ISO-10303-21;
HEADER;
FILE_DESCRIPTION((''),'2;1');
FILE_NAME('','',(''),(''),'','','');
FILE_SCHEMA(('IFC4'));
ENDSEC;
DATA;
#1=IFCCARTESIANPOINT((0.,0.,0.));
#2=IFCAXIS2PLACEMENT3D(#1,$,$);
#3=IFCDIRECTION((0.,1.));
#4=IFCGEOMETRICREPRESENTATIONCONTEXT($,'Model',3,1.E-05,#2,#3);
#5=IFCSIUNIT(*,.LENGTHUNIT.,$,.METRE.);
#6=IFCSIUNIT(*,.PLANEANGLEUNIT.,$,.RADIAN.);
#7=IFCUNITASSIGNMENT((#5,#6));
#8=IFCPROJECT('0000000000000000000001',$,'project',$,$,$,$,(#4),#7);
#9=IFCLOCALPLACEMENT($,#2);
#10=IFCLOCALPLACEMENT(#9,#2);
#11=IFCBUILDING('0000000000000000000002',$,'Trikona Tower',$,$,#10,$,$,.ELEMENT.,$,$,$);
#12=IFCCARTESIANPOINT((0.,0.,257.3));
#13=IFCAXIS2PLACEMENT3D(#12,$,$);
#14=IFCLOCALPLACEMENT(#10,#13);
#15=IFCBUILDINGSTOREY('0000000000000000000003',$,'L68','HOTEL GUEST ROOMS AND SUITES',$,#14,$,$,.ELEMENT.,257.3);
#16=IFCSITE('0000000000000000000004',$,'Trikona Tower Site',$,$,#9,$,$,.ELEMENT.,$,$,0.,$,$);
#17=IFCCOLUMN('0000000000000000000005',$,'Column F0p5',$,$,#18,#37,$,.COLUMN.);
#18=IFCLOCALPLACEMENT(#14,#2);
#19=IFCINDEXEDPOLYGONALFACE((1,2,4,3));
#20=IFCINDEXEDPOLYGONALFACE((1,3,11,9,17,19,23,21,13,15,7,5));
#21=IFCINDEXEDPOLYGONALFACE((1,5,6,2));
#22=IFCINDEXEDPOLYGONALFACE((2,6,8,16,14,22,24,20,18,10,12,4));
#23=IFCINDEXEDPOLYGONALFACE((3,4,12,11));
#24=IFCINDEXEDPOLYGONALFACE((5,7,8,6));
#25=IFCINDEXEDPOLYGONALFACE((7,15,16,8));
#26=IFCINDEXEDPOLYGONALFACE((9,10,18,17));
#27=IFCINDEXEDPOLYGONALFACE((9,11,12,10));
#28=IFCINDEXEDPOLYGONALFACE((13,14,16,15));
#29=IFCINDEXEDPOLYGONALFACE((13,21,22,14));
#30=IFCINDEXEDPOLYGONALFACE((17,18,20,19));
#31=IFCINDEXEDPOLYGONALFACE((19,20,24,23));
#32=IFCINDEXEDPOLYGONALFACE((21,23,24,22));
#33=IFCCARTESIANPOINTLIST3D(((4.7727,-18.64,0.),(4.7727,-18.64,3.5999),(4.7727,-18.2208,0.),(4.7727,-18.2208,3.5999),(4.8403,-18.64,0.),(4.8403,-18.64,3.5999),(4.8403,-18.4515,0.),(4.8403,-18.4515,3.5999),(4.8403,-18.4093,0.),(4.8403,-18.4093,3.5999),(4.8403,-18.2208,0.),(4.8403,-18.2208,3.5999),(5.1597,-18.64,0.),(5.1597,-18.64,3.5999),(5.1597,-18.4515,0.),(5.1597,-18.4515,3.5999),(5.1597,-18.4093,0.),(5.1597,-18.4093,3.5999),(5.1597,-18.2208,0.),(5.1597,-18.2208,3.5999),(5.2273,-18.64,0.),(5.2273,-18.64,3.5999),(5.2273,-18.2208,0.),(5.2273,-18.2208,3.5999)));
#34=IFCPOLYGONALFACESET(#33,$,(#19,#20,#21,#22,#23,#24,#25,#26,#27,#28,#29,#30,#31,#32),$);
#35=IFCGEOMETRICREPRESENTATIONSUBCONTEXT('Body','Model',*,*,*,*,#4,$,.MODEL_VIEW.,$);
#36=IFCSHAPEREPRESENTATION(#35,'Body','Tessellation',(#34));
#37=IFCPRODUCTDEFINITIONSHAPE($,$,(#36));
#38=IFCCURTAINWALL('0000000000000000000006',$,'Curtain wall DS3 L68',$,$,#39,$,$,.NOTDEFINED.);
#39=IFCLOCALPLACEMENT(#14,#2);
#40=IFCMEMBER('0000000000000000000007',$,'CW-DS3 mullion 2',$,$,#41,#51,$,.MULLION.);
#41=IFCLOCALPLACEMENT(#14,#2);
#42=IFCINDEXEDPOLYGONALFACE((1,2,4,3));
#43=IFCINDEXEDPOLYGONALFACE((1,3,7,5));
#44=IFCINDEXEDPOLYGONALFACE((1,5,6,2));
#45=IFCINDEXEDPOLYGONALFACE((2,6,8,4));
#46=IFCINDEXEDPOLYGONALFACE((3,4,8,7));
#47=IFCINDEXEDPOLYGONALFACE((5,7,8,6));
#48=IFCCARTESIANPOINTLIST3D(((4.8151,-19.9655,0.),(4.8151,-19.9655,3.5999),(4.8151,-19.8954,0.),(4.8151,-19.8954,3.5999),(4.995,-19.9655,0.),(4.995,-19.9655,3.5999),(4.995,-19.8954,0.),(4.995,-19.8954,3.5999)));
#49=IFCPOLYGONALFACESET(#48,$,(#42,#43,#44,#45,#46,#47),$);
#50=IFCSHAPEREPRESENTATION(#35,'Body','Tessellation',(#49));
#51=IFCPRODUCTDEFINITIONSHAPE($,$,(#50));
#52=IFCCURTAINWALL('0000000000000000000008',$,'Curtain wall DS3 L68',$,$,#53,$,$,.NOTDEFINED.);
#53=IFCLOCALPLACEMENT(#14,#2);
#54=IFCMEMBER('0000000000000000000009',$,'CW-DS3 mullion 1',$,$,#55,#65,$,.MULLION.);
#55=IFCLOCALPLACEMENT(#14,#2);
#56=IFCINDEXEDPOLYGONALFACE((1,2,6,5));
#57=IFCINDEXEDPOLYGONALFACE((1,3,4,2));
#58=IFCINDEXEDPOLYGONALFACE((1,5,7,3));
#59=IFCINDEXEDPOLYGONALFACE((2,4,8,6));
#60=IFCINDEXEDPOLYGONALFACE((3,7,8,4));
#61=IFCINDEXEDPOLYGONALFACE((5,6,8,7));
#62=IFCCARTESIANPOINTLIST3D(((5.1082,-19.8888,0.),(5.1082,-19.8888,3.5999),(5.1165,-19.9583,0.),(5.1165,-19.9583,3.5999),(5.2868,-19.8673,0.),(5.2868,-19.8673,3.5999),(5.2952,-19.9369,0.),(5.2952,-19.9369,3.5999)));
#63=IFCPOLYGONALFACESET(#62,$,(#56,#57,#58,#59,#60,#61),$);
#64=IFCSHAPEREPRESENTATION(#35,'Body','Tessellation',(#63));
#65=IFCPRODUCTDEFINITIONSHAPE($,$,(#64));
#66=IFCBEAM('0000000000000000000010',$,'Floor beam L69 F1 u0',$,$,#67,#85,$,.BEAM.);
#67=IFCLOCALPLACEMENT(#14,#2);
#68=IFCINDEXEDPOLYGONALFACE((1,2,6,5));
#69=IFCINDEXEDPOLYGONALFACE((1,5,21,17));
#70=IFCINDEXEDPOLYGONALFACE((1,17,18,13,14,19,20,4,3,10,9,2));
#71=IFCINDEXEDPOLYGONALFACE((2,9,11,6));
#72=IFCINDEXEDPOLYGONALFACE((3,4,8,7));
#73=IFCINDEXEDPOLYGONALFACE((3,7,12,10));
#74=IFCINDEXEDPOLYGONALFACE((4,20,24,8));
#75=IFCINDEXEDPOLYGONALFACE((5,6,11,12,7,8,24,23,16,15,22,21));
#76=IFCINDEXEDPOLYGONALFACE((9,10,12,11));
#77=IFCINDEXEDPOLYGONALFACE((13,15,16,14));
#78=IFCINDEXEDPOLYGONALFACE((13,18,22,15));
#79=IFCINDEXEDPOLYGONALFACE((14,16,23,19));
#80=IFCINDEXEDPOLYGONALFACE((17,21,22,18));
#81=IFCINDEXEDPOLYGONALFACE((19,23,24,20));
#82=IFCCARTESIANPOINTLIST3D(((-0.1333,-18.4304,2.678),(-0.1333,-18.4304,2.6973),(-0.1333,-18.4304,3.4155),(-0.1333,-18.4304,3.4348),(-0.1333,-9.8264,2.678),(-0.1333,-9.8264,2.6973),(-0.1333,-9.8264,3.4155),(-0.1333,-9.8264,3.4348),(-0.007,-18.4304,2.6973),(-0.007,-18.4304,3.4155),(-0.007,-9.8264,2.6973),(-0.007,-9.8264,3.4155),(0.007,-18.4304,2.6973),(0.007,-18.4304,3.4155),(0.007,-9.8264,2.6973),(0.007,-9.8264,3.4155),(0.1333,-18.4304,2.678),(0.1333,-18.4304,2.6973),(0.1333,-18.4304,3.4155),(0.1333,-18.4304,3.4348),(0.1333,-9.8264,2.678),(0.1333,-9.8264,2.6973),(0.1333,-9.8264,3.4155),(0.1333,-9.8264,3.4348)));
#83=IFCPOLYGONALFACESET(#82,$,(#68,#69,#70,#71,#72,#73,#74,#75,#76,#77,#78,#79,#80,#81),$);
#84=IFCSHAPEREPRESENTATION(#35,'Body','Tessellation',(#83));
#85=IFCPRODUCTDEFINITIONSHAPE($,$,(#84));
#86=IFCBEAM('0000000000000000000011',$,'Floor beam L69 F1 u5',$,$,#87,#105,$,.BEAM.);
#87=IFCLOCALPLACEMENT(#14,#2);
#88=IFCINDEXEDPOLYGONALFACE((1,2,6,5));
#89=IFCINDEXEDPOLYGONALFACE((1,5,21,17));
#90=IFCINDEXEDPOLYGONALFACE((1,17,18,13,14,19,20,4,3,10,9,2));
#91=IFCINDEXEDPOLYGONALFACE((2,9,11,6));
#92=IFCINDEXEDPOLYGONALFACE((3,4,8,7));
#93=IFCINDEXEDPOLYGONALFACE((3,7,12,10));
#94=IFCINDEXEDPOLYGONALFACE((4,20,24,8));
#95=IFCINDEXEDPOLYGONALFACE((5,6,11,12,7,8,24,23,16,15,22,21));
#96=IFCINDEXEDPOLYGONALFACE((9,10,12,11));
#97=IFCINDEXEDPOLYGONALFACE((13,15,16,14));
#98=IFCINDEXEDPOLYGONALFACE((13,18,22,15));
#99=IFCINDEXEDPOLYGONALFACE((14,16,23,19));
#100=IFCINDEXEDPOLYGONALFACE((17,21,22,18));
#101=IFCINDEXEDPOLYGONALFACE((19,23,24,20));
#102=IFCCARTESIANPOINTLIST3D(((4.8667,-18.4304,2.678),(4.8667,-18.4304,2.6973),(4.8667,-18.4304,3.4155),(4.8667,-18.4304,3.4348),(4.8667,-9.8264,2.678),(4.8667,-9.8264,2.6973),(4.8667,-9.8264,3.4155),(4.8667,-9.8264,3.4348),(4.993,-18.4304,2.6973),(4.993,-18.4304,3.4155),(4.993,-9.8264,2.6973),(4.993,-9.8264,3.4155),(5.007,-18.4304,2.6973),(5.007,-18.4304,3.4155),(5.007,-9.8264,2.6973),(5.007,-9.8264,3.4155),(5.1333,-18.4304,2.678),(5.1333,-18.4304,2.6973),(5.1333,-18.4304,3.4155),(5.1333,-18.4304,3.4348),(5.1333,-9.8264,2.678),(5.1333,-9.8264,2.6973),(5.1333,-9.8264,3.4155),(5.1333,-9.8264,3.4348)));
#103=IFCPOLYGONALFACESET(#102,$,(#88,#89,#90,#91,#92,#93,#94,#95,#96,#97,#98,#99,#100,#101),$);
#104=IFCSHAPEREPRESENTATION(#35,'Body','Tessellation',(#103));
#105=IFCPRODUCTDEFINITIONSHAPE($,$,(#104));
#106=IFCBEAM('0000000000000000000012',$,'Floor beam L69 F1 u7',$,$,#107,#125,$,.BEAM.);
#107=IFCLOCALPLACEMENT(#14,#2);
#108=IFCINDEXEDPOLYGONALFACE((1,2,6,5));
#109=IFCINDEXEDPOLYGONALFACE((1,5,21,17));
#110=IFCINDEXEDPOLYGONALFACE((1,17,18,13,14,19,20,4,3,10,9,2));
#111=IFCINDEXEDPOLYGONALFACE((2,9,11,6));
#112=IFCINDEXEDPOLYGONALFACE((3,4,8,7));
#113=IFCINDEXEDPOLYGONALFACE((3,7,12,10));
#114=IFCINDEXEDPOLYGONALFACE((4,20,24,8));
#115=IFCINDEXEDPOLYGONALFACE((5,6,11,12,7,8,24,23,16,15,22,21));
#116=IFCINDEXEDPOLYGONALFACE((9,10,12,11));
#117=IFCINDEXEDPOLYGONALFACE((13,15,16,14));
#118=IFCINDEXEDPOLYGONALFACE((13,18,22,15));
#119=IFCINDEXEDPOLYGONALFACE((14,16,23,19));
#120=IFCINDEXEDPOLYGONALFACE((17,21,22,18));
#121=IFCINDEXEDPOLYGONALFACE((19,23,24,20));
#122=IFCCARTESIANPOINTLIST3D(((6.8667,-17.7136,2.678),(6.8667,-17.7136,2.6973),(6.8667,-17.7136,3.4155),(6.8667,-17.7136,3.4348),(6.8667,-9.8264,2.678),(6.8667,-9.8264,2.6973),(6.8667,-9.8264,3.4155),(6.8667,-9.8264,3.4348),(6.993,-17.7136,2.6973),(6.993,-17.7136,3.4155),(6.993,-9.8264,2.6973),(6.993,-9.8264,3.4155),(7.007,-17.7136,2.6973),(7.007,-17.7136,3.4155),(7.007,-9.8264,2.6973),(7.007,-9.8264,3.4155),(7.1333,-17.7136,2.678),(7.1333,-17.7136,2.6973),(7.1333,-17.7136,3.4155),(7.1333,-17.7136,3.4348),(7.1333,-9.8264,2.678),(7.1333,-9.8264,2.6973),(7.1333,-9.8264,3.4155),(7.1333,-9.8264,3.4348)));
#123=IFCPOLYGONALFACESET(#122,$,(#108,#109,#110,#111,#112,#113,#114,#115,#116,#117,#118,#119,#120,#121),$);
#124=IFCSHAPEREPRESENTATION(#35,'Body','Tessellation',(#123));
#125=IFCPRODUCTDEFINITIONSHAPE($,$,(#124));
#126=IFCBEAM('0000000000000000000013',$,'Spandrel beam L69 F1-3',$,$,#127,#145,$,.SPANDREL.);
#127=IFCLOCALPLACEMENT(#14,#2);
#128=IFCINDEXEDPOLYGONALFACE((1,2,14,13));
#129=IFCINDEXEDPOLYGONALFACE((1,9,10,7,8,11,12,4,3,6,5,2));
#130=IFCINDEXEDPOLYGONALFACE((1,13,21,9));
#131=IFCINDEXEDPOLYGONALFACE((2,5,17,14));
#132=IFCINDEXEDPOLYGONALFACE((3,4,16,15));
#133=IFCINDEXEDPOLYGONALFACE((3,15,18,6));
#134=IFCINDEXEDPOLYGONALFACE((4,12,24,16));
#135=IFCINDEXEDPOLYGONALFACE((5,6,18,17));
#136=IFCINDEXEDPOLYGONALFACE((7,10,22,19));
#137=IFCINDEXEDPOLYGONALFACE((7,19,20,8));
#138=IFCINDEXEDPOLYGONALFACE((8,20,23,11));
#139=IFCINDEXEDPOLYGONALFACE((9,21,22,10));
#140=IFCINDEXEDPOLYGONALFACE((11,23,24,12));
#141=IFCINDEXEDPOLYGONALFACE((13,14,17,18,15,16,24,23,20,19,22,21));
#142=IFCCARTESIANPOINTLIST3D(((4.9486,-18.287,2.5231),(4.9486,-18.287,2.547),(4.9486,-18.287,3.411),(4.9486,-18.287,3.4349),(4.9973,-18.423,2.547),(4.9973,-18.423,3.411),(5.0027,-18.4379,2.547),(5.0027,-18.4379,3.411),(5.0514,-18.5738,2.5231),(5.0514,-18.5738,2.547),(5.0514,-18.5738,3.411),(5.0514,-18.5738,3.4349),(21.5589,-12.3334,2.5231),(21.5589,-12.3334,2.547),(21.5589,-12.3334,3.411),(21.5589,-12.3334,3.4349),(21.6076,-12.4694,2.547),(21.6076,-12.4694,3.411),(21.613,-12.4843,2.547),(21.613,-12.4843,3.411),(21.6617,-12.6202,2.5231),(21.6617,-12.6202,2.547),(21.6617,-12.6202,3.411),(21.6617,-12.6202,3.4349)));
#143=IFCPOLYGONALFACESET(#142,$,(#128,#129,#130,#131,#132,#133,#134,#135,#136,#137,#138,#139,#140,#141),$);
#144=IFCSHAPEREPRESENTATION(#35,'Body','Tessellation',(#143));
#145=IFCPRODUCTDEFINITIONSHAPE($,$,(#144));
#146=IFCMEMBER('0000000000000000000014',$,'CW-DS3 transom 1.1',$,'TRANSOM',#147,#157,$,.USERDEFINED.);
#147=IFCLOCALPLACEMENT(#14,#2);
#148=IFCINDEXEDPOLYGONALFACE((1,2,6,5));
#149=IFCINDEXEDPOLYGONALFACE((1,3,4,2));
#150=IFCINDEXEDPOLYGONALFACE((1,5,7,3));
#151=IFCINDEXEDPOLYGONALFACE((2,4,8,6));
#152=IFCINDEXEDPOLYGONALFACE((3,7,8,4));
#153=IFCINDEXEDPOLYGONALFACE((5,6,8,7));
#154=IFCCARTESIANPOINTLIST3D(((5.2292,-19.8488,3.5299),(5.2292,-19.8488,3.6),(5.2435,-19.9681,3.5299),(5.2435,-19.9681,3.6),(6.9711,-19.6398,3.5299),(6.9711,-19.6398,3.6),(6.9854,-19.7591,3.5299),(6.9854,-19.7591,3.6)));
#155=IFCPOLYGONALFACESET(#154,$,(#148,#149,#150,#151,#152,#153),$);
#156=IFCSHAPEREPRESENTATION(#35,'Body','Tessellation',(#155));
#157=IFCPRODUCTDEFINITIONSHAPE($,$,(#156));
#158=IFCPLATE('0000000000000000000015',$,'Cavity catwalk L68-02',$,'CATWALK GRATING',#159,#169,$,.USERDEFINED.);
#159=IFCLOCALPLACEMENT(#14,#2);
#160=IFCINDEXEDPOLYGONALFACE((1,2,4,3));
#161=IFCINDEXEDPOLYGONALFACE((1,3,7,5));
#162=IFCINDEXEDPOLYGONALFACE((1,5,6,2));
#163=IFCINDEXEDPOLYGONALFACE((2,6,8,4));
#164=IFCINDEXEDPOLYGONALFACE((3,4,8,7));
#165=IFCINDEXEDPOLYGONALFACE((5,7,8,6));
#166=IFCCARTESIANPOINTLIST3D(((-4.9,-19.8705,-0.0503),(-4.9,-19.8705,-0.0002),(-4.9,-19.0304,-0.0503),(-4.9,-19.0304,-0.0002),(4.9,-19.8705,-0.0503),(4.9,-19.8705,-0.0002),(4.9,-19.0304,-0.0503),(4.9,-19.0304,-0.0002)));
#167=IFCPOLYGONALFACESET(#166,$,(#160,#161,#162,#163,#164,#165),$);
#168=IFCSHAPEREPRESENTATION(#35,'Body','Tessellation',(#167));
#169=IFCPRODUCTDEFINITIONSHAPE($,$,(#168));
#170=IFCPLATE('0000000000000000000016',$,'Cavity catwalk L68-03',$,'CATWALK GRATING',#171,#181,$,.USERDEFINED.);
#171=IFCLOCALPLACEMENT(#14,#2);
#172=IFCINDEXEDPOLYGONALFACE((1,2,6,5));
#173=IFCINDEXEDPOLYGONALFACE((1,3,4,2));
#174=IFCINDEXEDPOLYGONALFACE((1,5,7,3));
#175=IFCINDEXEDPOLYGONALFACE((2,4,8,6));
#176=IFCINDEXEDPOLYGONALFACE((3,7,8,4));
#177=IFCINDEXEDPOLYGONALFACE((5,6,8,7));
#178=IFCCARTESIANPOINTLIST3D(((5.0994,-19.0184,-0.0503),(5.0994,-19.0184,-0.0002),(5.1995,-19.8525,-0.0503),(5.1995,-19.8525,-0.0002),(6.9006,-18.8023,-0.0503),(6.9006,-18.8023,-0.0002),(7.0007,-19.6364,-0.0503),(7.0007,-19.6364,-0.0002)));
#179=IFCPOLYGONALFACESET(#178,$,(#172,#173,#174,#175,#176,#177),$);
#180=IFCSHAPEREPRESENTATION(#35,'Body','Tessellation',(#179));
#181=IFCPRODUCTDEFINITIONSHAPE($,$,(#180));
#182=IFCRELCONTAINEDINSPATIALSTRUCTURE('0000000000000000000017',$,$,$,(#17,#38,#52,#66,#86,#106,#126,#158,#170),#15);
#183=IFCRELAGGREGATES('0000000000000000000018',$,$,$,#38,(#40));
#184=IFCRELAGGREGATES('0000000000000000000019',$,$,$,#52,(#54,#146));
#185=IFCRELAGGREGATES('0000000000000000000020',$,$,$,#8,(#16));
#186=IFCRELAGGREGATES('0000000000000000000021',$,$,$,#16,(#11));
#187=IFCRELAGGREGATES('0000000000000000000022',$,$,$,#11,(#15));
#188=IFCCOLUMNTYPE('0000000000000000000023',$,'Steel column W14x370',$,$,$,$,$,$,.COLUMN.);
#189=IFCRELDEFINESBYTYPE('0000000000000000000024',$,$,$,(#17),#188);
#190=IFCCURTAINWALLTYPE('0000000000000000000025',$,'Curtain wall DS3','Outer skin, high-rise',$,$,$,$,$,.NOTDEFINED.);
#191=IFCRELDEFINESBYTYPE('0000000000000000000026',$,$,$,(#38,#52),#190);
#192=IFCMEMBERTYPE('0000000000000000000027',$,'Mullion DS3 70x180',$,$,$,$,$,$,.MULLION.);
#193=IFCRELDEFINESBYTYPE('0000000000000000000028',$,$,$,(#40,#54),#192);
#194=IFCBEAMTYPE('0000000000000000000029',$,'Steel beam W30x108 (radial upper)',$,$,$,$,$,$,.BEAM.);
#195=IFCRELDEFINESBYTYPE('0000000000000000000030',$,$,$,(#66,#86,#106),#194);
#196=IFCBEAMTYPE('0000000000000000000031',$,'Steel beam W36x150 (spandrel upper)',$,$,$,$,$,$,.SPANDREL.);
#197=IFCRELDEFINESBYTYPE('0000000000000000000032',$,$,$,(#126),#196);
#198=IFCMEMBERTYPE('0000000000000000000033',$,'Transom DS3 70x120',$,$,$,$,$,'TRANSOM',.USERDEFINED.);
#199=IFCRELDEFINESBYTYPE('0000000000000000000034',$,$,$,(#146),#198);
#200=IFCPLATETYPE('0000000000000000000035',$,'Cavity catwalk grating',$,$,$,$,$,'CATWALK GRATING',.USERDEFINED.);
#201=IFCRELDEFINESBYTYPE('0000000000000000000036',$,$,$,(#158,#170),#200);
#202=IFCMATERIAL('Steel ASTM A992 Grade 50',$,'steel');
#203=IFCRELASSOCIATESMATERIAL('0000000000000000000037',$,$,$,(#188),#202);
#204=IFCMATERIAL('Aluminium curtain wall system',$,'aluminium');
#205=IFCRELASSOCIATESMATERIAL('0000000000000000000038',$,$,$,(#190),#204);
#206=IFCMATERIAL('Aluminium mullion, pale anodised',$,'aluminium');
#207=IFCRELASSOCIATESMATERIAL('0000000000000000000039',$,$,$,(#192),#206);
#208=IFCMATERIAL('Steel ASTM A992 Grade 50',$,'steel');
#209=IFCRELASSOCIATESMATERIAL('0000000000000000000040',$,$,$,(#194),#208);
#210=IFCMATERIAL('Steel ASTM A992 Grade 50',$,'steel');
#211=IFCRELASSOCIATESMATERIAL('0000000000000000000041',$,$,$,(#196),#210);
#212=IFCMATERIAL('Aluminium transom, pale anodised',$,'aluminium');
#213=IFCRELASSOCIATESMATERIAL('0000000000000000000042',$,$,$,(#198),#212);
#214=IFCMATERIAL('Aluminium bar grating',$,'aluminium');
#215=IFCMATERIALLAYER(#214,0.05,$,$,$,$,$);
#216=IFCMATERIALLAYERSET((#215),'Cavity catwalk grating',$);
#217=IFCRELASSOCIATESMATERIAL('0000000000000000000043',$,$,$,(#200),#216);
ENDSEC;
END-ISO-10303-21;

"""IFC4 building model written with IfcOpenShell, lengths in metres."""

from ifc_helpers import new_model, si_unit, direction, frame, origin, origin_2d, place, context, subcontext, project, spatial, rectangle, i_section, extrude, material, layer, layer_set, material_profile, profile_set, type_object, element, aggregate, save


model = new_model("IFC4")

# Units and contexts
model_context = context("Model", 3, precision=1e-05, world=origin(), true_north=direction((0.0, 1.0)))
body_context = subcontext(model_context, "Body", "Model", "MODEL_VIEW")
ifc_project = project(units=[si_unit("LENGTHUNIT", "METRE"), si_unit("PLANEANGLEUNIT", "RADIAN")], contexts=[model_context])

# Site, building, storey
site_placement = place(None, origin())
site = spatial("IfcSite", under=ifc_project, at=site_placement, Name="Trikona Tower Site", CompositionType="ELEMENT", RefElevation=0.0)
building_placement = place(site_placement, origin())
building = spatial("IfcBuilding", under=site, at=building_placement, Name="Trikona Tower", CompositionType="ELEMENT")
storey_placement = place(building_placement, frame((0.0, 0.0, 257.3)))
storey = spatial("IfcBuildingStorey", under=building, at=storey_placement, Name="L68", Description="HOTEL GUEST ROOMS AND SUITES", CompositionType="ELEMENT", Elevation=257.3)

# Column
ifc_material_1 = material(Name="Steel ASTM A992 Grade 50", Category="steel")
ifc_material_profile_1 = material_profile(ifc_material_1, i_section(OverallWidth=0.4192, OverallDepth=0.4546, WebThickness=0.0422, FlangeThickness=0.0676, at=origin_2d()), Name="W14X370")
ifc_profile_set_1 = profile_set([ifc_material_profile_1], Name="Steel ASTM A992 Grade 50")
column_type = type_object("IfcColumnType", Name="Steel column W14x370", PredefinedType="COLUMN", material=ifc_profile_set_1)
column_placement = place(storey_placement, frame((5.0, -18.4304, 0.0), z_axis=(0.0, 0.0, 1.0), x_axis=(0.0, -1.0, 0.0)))
element("IfcColumn", 1, at=column_placement, inside=storey, type_object=column_type, Name="Column F0p5", PredefinedType="COLUMN", context=body_context, shape_type="SweptSolid", body=[
    extrude(i_section(OverallWidth=0.4192, OverallDepth=0.4546, WebThickness=0.0422, FlangeThickness=0.0676, at=origin_2d()), origin(), (0.0, 0.0, 1.0), 3.5999),
])

# Curtain walls, members
ifc_material_2 = material(Name="Aluminium curtain wall system", Category="aluminium")
curtain_wall_type = type_object("IfcCurtainWallType", Name="Curtain wall DS3", Description="Outer skin, high-rise", PredefinedType="NOTDEFINED", material=ifc_material_2)
curtain_wall_1_placement = place(storey_placement, origin())
curtain_wall_1 = element("IfcCurtainWall", 2, at=curtain_wall_1_placement, inside=storey, type_object=curtain_wall_type, Name="Curtain wall DS3 L68", PredefinedType="NOTDEFINED")
ifc_material_3 = material(Name="Aluminium mullion, pale anodised", Category="aluminium")
ifc_material_profile_2 = material_profile(ifc_material_3, rectangle(XDim=0.0701, YDim=0.1799, at=origin_2d()), Name="MUL-DS3")
ifc_profile_set_2 = profile_set([ifc_material_profile_2], Name="Aluminium mullion, pale anodised")
member_type_1 = type_object("IfcMemberType", Name="Mullion DS3 70x180", PredefinedType="MULLION", material=ifc_profile_set_2)
member_1_placement = place(storey_placement, frame((4.905, -19.9304, 0.0), z_axis=(0.0, 0.0, 1.0), x_axis=(0.0, 1.0, 0.0)))
member_1 = element("IfcMember", 3, at=member_1_placement, type_object=member_type_1, Name="CW-DS3 mullion 2", PredefinedType="MULLION", context=body_context, shape_type="SweptSolid", body=[
    extrude(rectangle(XDim=0.0701, YDim=0.1799, at=origin_2d()), origin(), (0.0, 0.0, 1.0), 3.5999),
])
curtain_wall_2_placement = place(storey_placement, origin())
curtain_wall_2 = element("IfcCurtainWall", 4, at=curtain_wall_2_placement, inside=storey, type_object=curtain_wall_type, Name="Curtain wall DS3 L68", PredefinedType="NOTDEFINED")
member_2_placement = place(storey_placement, frame((5.2017, -19.9128, 0.0), z_axis=(0.0, 0.0, 1.0), x_axis=(-0.119141, 0.992877, 0.0)))
member_2 = element("IfcMember", 5, at=member_2_placement, type_object=member_type_1, Name="CW-DS3 mullion 1", PredefinedType="MULLION", context=body_context, shape_type="SweptSolid", body=[
    extrude(rectangle(XDim=0.0701, YDim=0.1799, at=origin_2d()), origin(), (0.0, 0.0, 1.0), 3.5999),
])

# Beams
ifc_material_4 = material(Name="Steel ASTM A992 Grade 50", Category="steel")
ifc_material_profile_3 = material_profile(ifc_material_4, i_section(OverallWidth=0.2666, OverallDepth=0.7568, WebThickness=0.0139, FlangeThickness=0.0193, at=origin_2d()), Name="W30X108")
ifc_profile_set_3 = profile_set([ifc_material_profile_3], Name="Steel ASTM A992 Grade 50")
beam_type_1 = type_object("IfcBeamType", Name="Steel beam W30x108 (radial upper)", PredefinedType="BEAM", material=ifc_profile_set_3)
for number, where, z_axis, x_axis, name in (
    (6, (0.0, -9.8264, 3.0564), (0.0, -1.0, 0.0), (1.0, 0.0, 0.0), "Floor beam L69 F1 u0"),
    (7, (5.0, -9.8264, 3.0564), (0.0, -1.0, 0.0), (1.0, 0.0, 0.0), "Floor beam L69 F1 u5"),
):
    element("IfcBeam", number, at=place(storey_placement, frame(where, z_axis=z_axis, x_axis=x_axis)), inside=storey, type_object=beam_type_1, Name=name, PredefinedType="BEAM", context=body_context, shape_type="SweptSolid", body=[
        extrude(i_section(OverallWidth=0.2666, OverallDepth=0.7568, WebThickness=0.0139, FlangeThickness=0.0193, at=origin_2d()), origin(), (0.0, 0.0, 1.0), 8.604),
    ])
beam_1_placement = place(storey_placement, frame((7.0, -9.8264, 3.0564), z_axis=(0.0, -1.0, 0.0), x_axis=(1.0, 0.0, 0.0)))
element("IfcBeam", 8, at=beam_1_placement, inside=storey, type_object=beam_type_1, Name="Floor beam L69 F1 u7", PredefinedType="BEAM", context=body_context, shape_type="SweptSolid", body=[
    extrude(i_section(OverallWidth=0.2666, OverallDepth=0.7568, WebThickness=0.0139, FlangeThickness=0.0193, at=origin_2d()), origin(), (0.0, 0.0, 1.0), 7.8872),
])
ifc_material_5 = material(Name="Steel ASTM A992 Grade 50", Category="steel")
ifc_material_profile_4 = material_profile(ifc_material_5, i_section(OverallWidth=0.3047, OverallDepth=0.9119, WebThickness=0.0159, FlangeThickness=0.0239, at=origin_2d()), Name="W36X150")
ifc_profile_set_4 = profile_set([ifc_material_profile_4], Name="Steel ASTM A992 Grade 50")
beam_type_2 = type_object("IfcBeamType", Name="Steel beam W36x150 (spandrel upper)", PredefinedType="SPANDREL", material=ifc_profile_set_4)
beam_2_placement = place(storey_placement, frame((5.0, -18.4304, 2.979), z_axis=(0.941358, 0.337409, 0.0), x_axis=(-0.337409, 0.941358, 0.0)))
element("IfcBeam", 9, at=beam_2_placement, inside=storey, type_object=beam_type_2, Name="Spandrel beam L69 F1-3", PredefinedType="SPANDREL", context=body_context, shape_type="SweptSolid", body=[
    extrude(i_section(OverallWidth=0.3047, OverallDepth=0.9119, WebThickness=0.0159, FlangeThickness=0.0239, at=origin_2d()), origin(), (0.0, 0.0, 1.0), 17.645),
])

# Member
ifc_material_6 = material(Name="Aluminium transom, pale anodised", Category="aluminium")
ifc_material_profile_5 = material_profile(ifc_material_6, rectangle(XDim=0.1201, YDim=0.0701, at=origin_2d()), Name="TRN-DS3")
ifc_profile_set_5 = profile_set([ifc_material_profile_5], Name="Aluminium transom, pale anodised")
member_type_2 = type_object("IfcMemberType", Name="Transom DS3 70x120", ElementType="TRANSOM", PredefinedType="USERDEFINED", material=ifc_profile_set_5)
member_3_placement = place(storey_placement, frame((5.2363, -19.9084, 3.5649), z_axis=(0.99288, 0.119118, 0.0), x_axis=(-0.119118, 0.99288, 0.0)))
member_3 = element("IfcMember", 10, at=member_3_placement, type_object=member_type_2, Name="CW-DS3 transom 1.1", ObjectType="TRANSOM", PredefinedType="USERDEFINED", context=body_context, shape_type="SweptSolid", body=[
    extrude(rectangle(XDim=0.1201, YDim=0.0701, at=origin_2d()), origin(), (0.0, 0.0, 1.0), 1.7544),
])

# Plates
ifc_material_7 = material(Name="Aluminium bar grating", Category="aluminium")
ifc_layer_1 = layer(ifc_material_7, 0.05)
ifc_layer_set_1 = layer_set([ifc_layer_1], Name="Cavity catwalk grating")
plate_type_1 = type_object("IfcPlateType", Name="Cavity catwalk grating", ElementType="CATWALK GRATING", PredefinedType="USERDEFINED", material=ifc_layer_set_1)
plate_1_placement = place(storey_placement, frame((0.0, -19.4504, -0.0503), z_axis=(0.0, 0.0, 1.0), x_axis=(1.0, 0.0, 0.0)))
element("IfcPlate", 11, at=plate_1_placement, inside=storey, type_object=plate_type_1, Name="Cavity catwalk L68-02", ObjectType="CATWALK GRATING", PredefinedType="USERDEFINED", context=body_context, shape_type="SweptSolid", body=[
    extrude(rectangle(XDim=9.8, YDim=0.8401, at=origin_2d()), origin(), (0.0, 0.0, 1.0), 0.05),
])
plate_2_placement = place(storey_placement, frame((6.05, -19.3274, -0.0503), z_axis=(0.0, 0.0, 1.0), x_axis=(0.992877, 0.119146, 0.0)))
element("IfcPlate", 12, at=plate_2_placement, inside=storey, type_object=plate_type_1, Name="Cavity catwalk L68-03", ObjectType="CATWALK GRATING", PredefinedType="USERDEFINED", context=body_context, shape_type="SweptSolid", body=[
    extrude(rectangle(XDim=1.8142, YDim=0.8401, at=origin_2d()), origin(), (0.0, 0.0, 1.0), 0.05),
])

aggregate(curtain_wall_1, [member_1])
aggregate(curtain_wall_2, [member_2, member_3])

save(model, "model.ifc")
